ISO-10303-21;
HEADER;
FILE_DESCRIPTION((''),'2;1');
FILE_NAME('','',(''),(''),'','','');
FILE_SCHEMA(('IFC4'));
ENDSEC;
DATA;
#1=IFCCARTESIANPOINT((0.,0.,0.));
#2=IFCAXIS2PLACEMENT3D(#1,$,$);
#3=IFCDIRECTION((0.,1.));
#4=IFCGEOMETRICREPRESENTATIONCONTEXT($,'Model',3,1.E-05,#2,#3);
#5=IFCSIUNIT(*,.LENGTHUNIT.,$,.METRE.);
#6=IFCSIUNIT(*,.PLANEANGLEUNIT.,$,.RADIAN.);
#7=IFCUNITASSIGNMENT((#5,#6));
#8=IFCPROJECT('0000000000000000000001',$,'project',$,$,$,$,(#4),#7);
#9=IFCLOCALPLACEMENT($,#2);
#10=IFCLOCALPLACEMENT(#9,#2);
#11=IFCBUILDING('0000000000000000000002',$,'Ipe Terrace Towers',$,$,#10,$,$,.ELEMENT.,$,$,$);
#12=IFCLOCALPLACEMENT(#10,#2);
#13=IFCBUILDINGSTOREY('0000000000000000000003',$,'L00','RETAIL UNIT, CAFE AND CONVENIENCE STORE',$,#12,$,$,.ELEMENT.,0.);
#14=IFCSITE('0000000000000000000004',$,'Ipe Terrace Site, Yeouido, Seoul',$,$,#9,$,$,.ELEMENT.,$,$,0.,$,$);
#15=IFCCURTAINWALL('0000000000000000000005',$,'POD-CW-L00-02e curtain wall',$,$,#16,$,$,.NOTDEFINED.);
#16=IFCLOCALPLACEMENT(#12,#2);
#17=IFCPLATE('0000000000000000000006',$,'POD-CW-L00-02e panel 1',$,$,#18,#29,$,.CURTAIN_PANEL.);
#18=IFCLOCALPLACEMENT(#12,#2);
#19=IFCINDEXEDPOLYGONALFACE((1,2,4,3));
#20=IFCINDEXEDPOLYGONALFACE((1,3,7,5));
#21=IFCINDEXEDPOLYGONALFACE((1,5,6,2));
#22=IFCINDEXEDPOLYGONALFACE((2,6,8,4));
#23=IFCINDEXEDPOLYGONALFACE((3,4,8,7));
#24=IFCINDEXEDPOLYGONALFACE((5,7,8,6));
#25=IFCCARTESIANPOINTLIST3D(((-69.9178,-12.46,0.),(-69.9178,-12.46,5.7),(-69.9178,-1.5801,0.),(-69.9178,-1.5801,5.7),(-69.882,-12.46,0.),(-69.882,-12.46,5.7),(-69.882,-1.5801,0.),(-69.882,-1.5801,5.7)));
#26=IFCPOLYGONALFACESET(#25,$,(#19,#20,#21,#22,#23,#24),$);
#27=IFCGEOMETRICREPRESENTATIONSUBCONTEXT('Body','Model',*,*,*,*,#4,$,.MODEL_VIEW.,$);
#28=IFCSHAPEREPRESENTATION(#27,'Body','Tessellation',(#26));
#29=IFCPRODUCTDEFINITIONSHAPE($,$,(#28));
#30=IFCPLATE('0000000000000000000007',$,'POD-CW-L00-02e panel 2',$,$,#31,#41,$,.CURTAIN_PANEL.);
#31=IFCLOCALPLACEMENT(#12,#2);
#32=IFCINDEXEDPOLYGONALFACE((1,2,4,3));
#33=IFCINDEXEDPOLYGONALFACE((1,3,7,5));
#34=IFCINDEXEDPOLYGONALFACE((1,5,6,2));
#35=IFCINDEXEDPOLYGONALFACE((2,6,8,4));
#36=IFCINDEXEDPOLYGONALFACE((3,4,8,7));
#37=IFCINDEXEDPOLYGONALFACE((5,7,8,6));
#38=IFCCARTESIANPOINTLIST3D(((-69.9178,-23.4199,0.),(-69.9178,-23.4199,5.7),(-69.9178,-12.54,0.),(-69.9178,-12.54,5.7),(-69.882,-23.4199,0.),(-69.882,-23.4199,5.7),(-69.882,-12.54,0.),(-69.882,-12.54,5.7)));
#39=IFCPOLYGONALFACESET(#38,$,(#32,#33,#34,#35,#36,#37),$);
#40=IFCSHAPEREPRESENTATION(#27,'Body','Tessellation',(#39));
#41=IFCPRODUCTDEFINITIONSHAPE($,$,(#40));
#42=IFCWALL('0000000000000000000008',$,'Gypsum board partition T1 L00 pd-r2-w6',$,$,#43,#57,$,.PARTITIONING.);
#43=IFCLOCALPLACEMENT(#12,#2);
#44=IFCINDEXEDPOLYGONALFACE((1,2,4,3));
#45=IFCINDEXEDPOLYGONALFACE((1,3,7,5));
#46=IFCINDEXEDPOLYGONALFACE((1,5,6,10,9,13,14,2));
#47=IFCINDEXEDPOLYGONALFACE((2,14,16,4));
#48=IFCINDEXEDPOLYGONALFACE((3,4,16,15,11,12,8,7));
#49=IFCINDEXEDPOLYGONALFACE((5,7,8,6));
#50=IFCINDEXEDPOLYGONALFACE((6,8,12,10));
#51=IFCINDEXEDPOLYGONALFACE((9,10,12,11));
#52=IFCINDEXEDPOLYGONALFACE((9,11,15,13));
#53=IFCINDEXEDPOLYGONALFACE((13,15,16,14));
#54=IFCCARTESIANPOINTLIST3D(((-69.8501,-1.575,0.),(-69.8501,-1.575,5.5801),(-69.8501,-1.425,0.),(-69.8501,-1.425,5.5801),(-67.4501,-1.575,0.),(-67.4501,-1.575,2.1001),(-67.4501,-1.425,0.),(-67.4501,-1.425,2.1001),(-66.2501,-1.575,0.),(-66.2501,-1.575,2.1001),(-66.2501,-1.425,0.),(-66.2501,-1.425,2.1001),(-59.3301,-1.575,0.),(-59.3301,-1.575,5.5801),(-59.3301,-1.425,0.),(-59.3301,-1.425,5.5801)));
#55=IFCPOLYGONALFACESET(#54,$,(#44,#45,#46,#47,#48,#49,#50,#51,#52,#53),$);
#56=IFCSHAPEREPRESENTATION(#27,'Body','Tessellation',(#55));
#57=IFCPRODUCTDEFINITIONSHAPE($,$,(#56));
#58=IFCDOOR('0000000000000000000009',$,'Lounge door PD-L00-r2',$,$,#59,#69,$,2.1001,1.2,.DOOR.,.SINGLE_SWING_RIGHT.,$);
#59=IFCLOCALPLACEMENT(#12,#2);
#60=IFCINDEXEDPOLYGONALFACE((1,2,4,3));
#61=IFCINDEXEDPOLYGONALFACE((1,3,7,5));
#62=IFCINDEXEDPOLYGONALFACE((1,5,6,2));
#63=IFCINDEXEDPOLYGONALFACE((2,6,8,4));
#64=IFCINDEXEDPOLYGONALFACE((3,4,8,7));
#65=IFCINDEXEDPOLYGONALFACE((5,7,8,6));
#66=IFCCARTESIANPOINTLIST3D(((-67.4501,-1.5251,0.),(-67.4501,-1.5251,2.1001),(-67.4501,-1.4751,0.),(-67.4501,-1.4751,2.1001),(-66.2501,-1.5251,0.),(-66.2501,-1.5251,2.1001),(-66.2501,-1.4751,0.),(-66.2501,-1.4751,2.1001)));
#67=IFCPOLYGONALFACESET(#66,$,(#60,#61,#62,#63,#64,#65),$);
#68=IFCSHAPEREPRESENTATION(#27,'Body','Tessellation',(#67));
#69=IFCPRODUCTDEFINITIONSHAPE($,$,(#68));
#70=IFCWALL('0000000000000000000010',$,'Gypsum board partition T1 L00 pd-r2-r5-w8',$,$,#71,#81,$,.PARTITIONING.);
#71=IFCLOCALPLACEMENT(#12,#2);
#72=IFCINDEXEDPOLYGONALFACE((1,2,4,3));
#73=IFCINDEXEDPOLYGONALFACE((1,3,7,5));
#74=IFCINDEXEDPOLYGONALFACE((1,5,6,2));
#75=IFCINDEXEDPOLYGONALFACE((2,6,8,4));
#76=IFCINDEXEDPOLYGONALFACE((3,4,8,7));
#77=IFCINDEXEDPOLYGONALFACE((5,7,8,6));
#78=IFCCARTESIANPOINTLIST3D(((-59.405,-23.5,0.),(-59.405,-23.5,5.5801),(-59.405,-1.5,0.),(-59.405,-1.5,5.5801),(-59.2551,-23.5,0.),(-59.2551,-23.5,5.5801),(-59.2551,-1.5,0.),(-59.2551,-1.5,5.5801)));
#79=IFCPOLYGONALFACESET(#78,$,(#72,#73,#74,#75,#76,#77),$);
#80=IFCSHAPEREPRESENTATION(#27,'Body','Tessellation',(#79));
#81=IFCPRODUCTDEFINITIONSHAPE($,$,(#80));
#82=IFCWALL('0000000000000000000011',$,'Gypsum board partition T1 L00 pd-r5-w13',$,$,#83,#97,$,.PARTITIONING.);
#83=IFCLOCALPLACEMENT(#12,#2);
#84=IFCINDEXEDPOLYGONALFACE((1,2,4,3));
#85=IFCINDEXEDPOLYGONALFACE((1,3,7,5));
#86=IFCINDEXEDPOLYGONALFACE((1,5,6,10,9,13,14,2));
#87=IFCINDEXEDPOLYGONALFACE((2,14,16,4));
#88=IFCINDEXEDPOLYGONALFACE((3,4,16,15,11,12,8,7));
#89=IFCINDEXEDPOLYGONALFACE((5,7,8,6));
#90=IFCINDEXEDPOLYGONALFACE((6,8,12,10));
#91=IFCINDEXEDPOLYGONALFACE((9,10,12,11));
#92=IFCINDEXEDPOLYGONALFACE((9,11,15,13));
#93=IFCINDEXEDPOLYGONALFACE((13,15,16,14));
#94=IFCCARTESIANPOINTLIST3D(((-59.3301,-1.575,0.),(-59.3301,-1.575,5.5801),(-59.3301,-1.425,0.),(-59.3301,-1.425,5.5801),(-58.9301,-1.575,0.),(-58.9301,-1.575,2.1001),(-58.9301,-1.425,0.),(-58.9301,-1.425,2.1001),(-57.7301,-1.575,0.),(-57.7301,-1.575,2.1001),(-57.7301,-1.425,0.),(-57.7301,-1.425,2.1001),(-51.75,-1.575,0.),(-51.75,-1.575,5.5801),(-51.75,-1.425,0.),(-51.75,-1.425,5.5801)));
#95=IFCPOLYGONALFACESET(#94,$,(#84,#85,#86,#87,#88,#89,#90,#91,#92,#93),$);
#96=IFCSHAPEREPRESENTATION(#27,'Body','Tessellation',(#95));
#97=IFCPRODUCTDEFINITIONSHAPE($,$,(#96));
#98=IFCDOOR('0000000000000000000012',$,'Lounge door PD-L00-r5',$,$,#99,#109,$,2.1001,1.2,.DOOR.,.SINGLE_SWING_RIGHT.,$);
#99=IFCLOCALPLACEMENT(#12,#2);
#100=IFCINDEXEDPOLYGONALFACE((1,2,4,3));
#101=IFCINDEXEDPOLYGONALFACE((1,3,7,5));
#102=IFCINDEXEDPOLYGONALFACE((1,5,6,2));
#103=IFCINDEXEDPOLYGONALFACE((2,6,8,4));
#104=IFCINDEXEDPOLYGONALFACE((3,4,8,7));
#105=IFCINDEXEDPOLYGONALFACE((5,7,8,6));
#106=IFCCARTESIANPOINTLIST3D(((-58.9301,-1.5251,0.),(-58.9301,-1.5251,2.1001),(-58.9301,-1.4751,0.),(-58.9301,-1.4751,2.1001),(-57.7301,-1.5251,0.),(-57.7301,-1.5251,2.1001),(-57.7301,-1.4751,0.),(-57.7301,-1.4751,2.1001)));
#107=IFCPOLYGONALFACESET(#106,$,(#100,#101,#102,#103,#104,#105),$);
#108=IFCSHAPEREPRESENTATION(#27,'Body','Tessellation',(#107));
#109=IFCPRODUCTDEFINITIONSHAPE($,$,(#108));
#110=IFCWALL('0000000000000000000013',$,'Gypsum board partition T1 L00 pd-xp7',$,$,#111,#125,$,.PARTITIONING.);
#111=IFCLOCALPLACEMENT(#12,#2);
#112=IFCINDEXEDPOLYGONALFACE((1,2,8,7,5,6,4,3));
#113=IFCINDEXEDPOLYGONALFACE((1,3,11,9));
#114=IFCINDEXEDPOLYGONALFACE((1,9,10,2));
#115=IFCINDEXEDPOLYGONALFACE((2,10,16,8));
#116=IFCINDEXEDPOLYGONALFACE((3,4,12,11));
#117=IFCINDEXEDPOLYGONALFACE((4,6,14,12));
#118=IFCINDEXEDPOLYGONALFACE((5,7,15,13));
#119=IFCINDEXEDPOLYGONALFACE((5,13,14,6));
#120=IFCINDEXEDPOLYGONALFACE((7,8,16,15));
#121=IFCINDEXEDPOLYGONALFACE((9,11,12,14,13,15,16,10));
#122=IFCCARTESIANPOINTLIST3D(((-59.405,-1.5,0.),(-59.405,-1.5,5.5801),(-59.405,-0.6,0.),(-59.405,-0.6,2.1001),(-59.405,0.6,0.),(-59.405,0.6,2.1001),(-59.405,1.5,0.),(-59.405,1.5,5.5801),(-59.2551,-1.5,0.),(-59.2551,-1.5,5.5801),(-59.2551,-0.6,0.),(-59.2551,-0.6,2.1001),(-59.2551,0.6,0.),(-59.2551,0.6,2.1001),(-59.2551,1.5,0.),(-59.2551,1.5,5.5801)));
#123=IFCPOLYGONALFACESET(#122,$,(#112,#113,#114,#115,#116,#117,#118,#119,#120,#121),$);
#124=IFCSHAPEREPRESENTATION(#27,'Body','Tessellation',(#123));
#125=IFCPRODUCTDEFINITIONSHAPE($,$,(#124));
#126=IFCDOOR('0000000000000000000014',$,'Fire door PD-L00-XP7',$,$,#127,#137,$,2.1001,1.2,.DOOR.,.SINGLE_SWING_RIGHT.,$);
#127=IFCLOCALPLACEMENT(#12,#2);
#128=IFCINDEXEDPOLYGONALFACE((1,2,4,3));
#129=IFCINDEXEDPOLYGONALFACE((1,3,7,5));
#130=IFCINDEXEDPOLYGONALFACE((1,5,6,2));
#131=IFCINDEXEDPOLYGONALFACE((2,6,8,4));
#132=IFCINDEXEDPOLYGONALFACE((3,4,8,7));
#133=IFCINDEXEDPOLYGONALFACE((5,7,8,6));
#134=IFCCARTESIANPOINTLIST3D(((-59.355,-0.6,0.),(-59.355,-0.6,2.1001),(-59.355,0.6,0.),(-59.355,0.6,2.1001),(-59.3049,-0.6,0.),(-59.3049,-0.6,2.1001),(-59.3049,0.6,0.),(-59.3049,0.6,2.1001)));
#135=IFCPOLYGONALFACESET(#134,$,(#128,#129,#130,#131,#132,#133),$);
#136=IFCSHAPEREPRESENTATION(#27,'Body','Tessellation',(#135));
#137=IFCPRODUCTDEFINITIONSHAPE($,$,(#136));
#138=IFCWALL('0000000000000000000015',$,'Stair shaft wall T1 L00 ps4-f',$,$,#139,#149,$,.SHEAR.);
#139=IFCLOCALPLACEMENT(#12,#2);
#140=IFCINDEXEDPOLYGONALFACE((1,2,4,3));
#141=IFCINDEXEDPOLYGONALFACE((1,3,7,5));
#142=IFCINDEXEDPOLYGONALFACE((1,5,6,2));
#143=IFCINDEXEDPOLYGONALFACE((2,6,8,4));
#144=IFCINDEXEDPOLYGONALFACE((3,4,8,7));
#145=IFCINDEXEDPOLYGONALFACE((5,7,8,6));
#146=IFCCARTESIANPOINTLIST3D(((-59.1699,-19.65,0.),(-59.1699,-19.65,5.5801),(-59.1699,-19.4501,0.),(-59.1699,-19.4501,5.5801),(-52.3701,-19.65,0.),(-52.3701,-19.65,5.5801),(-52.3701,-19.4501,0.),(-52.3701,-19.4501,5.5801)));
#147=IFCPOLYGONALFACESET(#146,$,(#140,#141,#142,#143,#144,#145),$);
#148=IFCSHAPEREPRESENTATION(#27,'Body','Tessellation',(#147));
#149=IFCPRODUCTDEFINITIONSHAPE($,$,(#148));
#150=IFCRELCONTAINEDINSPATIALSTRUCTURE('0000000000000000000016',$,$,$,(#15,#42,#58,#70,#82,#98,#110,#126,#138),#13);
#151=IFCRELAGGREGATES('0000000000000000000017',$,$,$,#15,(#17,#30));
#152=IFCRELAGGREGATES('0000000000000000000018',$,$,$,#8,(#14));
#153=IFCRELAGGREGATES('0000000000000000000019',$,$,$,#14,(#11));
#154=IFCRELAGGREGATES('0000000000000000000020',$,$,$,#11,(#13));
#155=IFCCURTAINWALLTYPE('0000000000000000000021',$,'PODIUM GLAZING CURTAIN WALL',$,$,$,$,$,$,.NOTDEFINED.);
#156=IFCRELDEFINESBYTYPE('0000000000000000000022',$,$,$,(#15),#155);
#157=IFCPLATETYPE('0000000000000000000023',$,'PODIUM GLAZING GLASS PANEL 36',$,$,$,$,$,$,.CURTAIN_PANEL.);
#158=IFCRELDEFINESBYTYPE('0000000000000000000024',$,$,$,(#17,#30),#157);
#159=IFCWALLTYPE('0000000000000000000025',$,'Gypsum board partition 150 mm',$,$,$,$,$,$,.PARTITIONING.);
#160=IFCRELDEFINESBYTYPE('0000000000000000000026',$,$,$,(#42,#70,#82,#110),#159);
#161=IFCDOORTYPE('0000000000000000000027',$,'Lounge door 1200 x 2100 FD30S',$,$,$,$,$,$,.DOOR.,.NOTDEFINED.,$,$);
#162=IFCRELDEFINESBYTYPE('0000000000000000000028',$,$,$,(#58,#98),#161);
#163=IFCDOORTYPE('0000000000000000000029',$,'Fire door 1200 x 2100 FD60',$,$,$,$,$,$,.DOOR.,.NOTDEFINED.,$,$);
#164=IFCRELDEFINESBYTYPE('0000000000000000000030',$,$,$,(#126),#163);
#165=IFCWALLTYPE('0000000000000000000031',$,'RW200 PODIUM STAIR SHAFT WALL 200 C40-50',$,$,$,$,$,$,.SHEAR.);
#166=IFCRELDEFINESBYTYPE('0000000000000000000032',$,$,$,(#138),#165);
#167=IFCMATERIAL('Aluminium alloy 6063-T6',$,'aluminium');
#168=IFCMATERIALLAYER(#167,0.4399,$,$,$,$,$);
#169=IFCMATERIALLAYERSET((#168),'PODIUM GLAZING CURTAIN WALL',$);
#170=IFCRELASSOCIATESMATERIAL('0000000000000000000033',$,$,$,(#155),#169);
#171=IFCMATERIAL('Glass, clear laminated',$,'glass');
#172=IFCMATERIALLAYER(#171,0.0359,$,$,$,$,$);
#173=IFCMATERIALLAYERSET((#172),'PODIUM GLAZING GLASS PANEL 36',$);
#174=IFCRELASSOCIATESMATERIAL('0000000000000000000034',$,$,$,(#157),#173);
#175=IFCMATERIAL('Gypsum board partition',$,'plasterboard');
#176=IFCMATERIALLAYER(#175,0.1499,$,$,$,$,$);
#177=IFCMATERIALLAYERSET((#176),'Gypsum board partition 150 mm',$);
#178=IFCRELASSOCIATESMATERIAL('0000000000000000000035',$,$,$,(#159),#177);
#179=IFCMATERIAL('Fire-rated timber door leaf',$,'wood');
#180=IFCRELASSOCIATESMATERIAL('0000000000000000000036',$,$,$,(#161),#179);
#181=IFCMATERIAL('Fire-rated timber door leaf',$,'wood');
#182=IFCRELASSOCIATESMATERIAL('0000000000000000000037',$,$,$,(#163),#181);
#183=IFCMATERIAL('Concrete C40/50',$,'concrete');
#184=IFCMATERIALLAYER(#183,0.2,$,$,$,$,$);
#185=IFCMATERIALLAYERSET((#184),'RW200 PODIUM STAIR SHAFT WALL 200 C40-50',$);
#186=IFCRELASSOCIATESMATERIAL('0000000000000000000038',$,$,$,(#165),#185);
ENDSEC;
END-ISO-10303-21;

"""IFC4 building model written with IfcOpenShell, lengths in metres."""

from ifc_helpers import new_model, si_unit, direction, frame, frame_2d, origin, origin_2d, place, context, subcontext, project, spatial, rectangle, extrude, material, layer, layer_set, type_object, element, fill, aggregate, save


model = new_model("IFC4")

# Units and contexts
model_context = context("Model", 3, precision=1e-05, world=origin(), true_north=direction((0.0, 1.0)))
body_context = subcontext(model_context, "Body", "Model", "MODEL_VIEW")
ifc_project = project(units=[si_unit("LENGTHUNIT", "METRE"), si_unit("PLANEANGLEUNIT", "RADIAN")], contexts=[model_context])

# Site, building, storey
site_placement = place(None, origin())
site = spatial("IfcSite", under=ifc_project, at=site_placement, Name="Ipe Terrace Site, Yeouido, Seoul", CompositionType="ELEMENT", RefElevation=0.0)
building_placement = place(site_placement, origin())
building = spatial("IfcBuilding", under=site, at=building_placement, Name="Ipe Terrace Towers", CompositionType="ELEMENT")
storey_placement = place(building_placement, origin())
storey = spatial("IfcBuildingStorey", under=building, at=storey_placement, Name="L00", Description="RETAIL UNIT, CAFE AND CONVENIENCE STORE", CompositionType="ELEMENT", Elevation=0.0)

# Curtain wall, plates
ifc_material_1 = material(Name="Aluminium alloy 6063-T6", Category="aluminium")
ifc_layer_1 = layer(ifc_material_1, 0.4399)
ifc_layer_set_1 = layer_set([ifc_layer_1], Name="PODIUM GLAZING CURTAIN WALL")
curtain_wall_type = type_object("IfcCurtainWallType", Name="PODIUM GLAZING CURTAIN WALL", PredefinedType="NOTDEFINED", material=ifc_layer_set_1)
curtain_wall_placement = place(storey_placement, origin())
curtain_wall = element("IfcCurtainWall", 1, at=curtain_wall_placement, inside=storey, type_object=curtain_wall_type, Name="POD-CW-L00-02e curtain wall", PredefinedType="NOTDEFINED")
ifc_material_2 = material(Name="Glass, clear laminated", Category="glass")
ifc_layer_2 = layer(ifc_material_2, 0.0359)
ifc_layer_set_2 = layer_set([ifc_layer_2], Name="PODIUM GLAZING GLASS PANEL 36")
plate_type = type_object("IfcPlateType", Name="PODIUM GLAZING GLASS PANEL 36", PredefinedType="CURTAIN_PANEL", material=ifc_layer_set_2)
plate_1_placement = place(storey_placement, frame((-69.8999, -7.02, 0.0), z_axis=(0.0, 0.0, 1.0), x_axis=(0.0, -1.0, 0.0)))
plate_1 = element("IfcPlate", 2, at=plate_1_placement, type_object=plate_type, Name="POD-CW-L00-02e panel 1", PredefinedType="CURTAIN_PANEL", context=body_context, shape_type="SweptSolid", body=[
    extrude(rectangle(XDim=10.8799, YDim=0.0359, at=origin_2d()), origin(), (0.0, 0.0, 1.0), 5.7),
])
plate_2_placement = place(storey_placement, frame((-69.8999, -17.98, 0.0), z_axis=(0.0, 0.0, 1.0), x_axis=(0.0, -1.0, 0.0)))
plate_2 = element("IfcPlate", 3, at=plate_2_placement, type_object=plate_type, Name="POD-CW-L00-02e panel 2", PredefinedType="CURTAIN_PANEL", context=body_context, shape_type="SweptSolid", body=[
    extrude(rectangle(XDim=10.8799, YDim=0.0359, at=origin_2d()), origin(), (0.0, 0.0, 1.0), 5.7),
])
aggregate(curtain_wall, [plate_1, plate_2])

# Wall, opening, door
ifc_material_3 = material(Name="Gypsum board partition", Category="plasterboard")
ifc_layer_3 = layer(ifc_material_3, 0.1499)
ifc_layer_set_3 = layer_set([ifc_layer_3], Name="Gypsum board partition 150 mm")
wall_type_1 = type_object("IfcWallType", Name="Gypsum board partition 150 mm", PredefinedType="PARTITIONING", material=ifc_layer_set_3)
wall_1_placement = place(storey_placement, frame((-69.8501, -1.5, 0.0), z_axis=(0.0, 0.0, 1.0), x_axis=(1.0, 0.0, 0.0)))
wall_1 = element("IfcWall", 4, at=wall_1_placement, inside=storey, type_object=wall_type_1, Name="Gypsum board partition T1 L00 pd-r2-w6", PredefinedType="PARTITIONING", context=body_context, shape_type="SweptSolid", body=[
    extrude(rectangle(XDim=10.52, YDim=0.1499, at=frame_2d((5.26, 0.0))), origin(), (0.0, 0.0, 1.0), 5.5801),
])
opening_1_placement = place(wall_1_placement, frame((2.3999, 0.0, 0.0)))
opening_1 = element("IfcOpeningElement", 5, at=opening_1_placement, cuts=wall_1, PredefinedType="OPENING", context=body_context, shape_type="SweptSolid", body=[
    extrude(rectangle(XDim=1.2, YDim=2.1001, at=frame_2d((0.6001, 1.05))), frame((0.0, 0.085, 0.0), z_axis=(0.0, -1.0, 0.0), x_axis=(1.0, 0.0, 0.0)), (0.0, 0.0, 1.0), 0.1699),
])
ifc_material_4 = material(Name="Fire-rated timber door leaf", Category="wood")
door_type_1 = type_object("IfcDoorType", Name="Lounge door 1200 x 2100 FD30S", OperationType="NOTDEFINED", PredefinedType="DOOR", material=ifc_material_4)
door_1_placement = place(opening_1_placement, origin())
door_1 = element("IfcDoor", 6, at=door_1_placement, inside=storey, type_object=door_type_1, Name="Lounge door PD-L00-r2", OperationType="SINGLE_SWING_RIGHT", OverallHeight=2.1001, OverallWidth=1.2, PredefinedType="DOOR", context=body_context, shape_type="SweptSolid", body=[
    extrude(rectangle(XDim=1.2, YDim=2.1001, at=frame_2d((0.6001, 1.05))), frame((0.0, 0.0249, 0.0), z_axis=(0.0, -1.0, 0.0), x_axis=(1.0, 0.0, 0.0)), (0.0, 0.0, 1.0), 0.05),
])
fill(opening_1, door_1)

# Wall
wall_2_placement = place(storey_placement, frame((-59.3301, -1.5, 0.0), z_axis=(0.0, 0.0, 1.0), x_axis=(0.0, -1.0, 0.0)))
element("IfcWall", 7, at=wall_2_placement, inside=storey, type_object=wall_type_1, Name="Gypsum board partition T1 L00 pd-r2-r5-w8", PredefinedType="PARTITIONING", context=body_context, shape_type="SweptSolid", body=[
    extrude(rectangle(XDim=22.0, YDim=0.1499, at=frame_2d((11.0, 0.0))), origin(), (0.0, 0.0, 1.0), 5.5801),
])

# Walls, openings, doors
wall_3_placement = place(storey_placement, frame((-59.3301, -1.5, 0.0), z_axis=(0.0, 0.0, 1.0), x_axis=(1.0, 0.0, 0.0)))
wall_3 = element("IfcWall", 8, at=wall_3_placement, inside=storey, type_object=wall_type_1, Name="Gypsum board partition T1 L00 pd-r5-w13", PredefinedType="PARTITIONING", context=body_context, shape_type="SweptSolid", body=[
    extrude(rectangle(XDim=7.5801, YDim=0.1499, at=frame_2d((3.79, 0.0))), origin(), (0.0, 0.0, 1.0), 5.5801),
])
opening_2_placement = place(wall_3_placement, frame((0.3999, 0.0, 0.0)))
opening_2 = element("IfcOpeningElement", 9, at=opening_2_placement, cuts=wall_3, PredefinedType="OPENING", context=body_context, shape_type="SweptSolid", body=[
    extrude(rectangle(XDim=1.2, YDim=2.1001, at=frame_2d((0.6001, 1.05))), frame((0.0, 0.085, 0.0), z_axis=(0.0, -1.0, 0.0), x_axis=(1.0, 0.0, 0.0)), (0.0, 0.0, 1.0), 0.1699),
])
door_2_placement = place(opening_2_placement, origin())
door_2 = element("IfcDoor", 10, at=door_2_placement, inside=storey, type_object=door_type_1, Name="Lounge door PD-L00-r5", OperationType="SINGLE_SWING_RIGHT", OverallHeight=2.1001, OverallWidth=1.2, PredefinedType="DOOR", context=body_context, shape_type="SweptSolid", body=[
    extrude(rectangle(XDim=1.2, YDim=2.1001, at=frame_2d((0.6001, 1.05))), frame((0.0, 0.0249, 0.0), z_axis=(0.0, -1.0, 0.0), x_axis=(1.0, 0.0, 0.0)), (0.0, 0.0, 1.0), 0.05),
])
fill(opening_2, door_2)
wall_4_placement = place(storey_placement, frame((-59.3301, -1.5, 0.0), z_axis=(0.0, 0.0, 1.0), x_axis=(0.0, 1.0, 0.0)))
wall_4 = element("IfcWall", 11, at=wall_4_placement, inside=storey, type_object=wall_type_1, Name="Gypsum board partition T1 L00 pd-xp7", PredefinedType="PARTITIONING", context=body_context, shape_type="SweptSolid", body=[
    extrude(rectangle(XDim=3.0, YDim=0.1499, at=frame_2d((1.5, 0.0))), origin(), (0.0, 0.0, 1.0), 5.5801),
])
opening_3_placement = place(wall_4_placement, frame((0.8999, 0.0, 0.0)))
opening_3 = element("IfcOpeningElement", 12, at=opening_3_placement, cuts=wall_4, PredefinedType="OPENING", context=body_context, shape_type="SweptSolid", body=[
    extrude(rectangle(XDim=1.2, YDim=2.1001, at=frame_2d((0.6001, 1.05))), frame((0.0, 0.085, 0.0), z_axis=(0.0, -1.0, 0.0), x_axis=(1.0, 0.0, 0.0)), (0.0, 0.0, 1.0), 0.1699),
])
ifc_material_5 = material(Name="Fire-rated timber door leaf", Category="wood")
door_type_2 = type_object("IfcDoorType", Name="Fire door 1200 x 2100 FD60", OperationType="NOTDEFINED", PredefinedType="DOOR", material=ifc_material_5)
door_3_placement = place(opening_3_placement, origin())
door_3 = element("IfcDoor", 13, at=door_3_placement, inside=storey, type_object=door_type_2, Name="Fire door PD-L00-XP7", OperationType="SINGLE_SWING_RIGHT", OverallHeight=2.1001, OverallWidth=1.2, PredefinedType="DOOR", context=body_context, shape_type="SweptSolid", body=[
    extrude(rectangle(XDim=1.2, YDim=2.1001, at=frame_2d((0.6001, 1.05))), frame((0.0, 0.0249, 0.0), z_axis=(0.0, -1.0, 0.0), x_axis=(1.0, 0.0, 0.0)), (0.0, 0.0, 1.0), 0.05),
])
fill(opening_3, door_3)

# Wall
ifc_material_6 = material(Name="Concrete C40/50", Category="concrete")
ifc_layer_4 = layer(ifc_material_6, 0.2)
ifc_layer_set_4 = layer_set([ifc_layer_4], Name="RW200 PODIUM STAIR SHAFT WALL 200 C40-50")
wall_type_2 = type_object("IfcWallType", Name="RW200 PODIUM STAIR SHAFT WALL 200 C40-50", PredefinedType="SHEAR", material=ifc_layer_set_4)
wall_5_placement = place(storey_placement, frame((-59.1699, -19.55, 0.0), z_axis=(0.0, 0.0, 1.0), x_axis=(1.0, 0.0, 0.0)))
element("IfcWall", 14, at=wall_5_placement, inside=storey, type_object=wall_type_2, Name="Stair shaft wall T1 L00 ps4-f", PredefinedType="SHEAR", context=body_context, shape_type="SweptSolid", body=[
    extrude(rectangle(XDim=6.7998, YDim=0.2, at=frame_2d((3.3999, 0.0))), origin(), (0.0, 0.0, 1.0), 5.5801),
])

save(model, "model.ifc")
